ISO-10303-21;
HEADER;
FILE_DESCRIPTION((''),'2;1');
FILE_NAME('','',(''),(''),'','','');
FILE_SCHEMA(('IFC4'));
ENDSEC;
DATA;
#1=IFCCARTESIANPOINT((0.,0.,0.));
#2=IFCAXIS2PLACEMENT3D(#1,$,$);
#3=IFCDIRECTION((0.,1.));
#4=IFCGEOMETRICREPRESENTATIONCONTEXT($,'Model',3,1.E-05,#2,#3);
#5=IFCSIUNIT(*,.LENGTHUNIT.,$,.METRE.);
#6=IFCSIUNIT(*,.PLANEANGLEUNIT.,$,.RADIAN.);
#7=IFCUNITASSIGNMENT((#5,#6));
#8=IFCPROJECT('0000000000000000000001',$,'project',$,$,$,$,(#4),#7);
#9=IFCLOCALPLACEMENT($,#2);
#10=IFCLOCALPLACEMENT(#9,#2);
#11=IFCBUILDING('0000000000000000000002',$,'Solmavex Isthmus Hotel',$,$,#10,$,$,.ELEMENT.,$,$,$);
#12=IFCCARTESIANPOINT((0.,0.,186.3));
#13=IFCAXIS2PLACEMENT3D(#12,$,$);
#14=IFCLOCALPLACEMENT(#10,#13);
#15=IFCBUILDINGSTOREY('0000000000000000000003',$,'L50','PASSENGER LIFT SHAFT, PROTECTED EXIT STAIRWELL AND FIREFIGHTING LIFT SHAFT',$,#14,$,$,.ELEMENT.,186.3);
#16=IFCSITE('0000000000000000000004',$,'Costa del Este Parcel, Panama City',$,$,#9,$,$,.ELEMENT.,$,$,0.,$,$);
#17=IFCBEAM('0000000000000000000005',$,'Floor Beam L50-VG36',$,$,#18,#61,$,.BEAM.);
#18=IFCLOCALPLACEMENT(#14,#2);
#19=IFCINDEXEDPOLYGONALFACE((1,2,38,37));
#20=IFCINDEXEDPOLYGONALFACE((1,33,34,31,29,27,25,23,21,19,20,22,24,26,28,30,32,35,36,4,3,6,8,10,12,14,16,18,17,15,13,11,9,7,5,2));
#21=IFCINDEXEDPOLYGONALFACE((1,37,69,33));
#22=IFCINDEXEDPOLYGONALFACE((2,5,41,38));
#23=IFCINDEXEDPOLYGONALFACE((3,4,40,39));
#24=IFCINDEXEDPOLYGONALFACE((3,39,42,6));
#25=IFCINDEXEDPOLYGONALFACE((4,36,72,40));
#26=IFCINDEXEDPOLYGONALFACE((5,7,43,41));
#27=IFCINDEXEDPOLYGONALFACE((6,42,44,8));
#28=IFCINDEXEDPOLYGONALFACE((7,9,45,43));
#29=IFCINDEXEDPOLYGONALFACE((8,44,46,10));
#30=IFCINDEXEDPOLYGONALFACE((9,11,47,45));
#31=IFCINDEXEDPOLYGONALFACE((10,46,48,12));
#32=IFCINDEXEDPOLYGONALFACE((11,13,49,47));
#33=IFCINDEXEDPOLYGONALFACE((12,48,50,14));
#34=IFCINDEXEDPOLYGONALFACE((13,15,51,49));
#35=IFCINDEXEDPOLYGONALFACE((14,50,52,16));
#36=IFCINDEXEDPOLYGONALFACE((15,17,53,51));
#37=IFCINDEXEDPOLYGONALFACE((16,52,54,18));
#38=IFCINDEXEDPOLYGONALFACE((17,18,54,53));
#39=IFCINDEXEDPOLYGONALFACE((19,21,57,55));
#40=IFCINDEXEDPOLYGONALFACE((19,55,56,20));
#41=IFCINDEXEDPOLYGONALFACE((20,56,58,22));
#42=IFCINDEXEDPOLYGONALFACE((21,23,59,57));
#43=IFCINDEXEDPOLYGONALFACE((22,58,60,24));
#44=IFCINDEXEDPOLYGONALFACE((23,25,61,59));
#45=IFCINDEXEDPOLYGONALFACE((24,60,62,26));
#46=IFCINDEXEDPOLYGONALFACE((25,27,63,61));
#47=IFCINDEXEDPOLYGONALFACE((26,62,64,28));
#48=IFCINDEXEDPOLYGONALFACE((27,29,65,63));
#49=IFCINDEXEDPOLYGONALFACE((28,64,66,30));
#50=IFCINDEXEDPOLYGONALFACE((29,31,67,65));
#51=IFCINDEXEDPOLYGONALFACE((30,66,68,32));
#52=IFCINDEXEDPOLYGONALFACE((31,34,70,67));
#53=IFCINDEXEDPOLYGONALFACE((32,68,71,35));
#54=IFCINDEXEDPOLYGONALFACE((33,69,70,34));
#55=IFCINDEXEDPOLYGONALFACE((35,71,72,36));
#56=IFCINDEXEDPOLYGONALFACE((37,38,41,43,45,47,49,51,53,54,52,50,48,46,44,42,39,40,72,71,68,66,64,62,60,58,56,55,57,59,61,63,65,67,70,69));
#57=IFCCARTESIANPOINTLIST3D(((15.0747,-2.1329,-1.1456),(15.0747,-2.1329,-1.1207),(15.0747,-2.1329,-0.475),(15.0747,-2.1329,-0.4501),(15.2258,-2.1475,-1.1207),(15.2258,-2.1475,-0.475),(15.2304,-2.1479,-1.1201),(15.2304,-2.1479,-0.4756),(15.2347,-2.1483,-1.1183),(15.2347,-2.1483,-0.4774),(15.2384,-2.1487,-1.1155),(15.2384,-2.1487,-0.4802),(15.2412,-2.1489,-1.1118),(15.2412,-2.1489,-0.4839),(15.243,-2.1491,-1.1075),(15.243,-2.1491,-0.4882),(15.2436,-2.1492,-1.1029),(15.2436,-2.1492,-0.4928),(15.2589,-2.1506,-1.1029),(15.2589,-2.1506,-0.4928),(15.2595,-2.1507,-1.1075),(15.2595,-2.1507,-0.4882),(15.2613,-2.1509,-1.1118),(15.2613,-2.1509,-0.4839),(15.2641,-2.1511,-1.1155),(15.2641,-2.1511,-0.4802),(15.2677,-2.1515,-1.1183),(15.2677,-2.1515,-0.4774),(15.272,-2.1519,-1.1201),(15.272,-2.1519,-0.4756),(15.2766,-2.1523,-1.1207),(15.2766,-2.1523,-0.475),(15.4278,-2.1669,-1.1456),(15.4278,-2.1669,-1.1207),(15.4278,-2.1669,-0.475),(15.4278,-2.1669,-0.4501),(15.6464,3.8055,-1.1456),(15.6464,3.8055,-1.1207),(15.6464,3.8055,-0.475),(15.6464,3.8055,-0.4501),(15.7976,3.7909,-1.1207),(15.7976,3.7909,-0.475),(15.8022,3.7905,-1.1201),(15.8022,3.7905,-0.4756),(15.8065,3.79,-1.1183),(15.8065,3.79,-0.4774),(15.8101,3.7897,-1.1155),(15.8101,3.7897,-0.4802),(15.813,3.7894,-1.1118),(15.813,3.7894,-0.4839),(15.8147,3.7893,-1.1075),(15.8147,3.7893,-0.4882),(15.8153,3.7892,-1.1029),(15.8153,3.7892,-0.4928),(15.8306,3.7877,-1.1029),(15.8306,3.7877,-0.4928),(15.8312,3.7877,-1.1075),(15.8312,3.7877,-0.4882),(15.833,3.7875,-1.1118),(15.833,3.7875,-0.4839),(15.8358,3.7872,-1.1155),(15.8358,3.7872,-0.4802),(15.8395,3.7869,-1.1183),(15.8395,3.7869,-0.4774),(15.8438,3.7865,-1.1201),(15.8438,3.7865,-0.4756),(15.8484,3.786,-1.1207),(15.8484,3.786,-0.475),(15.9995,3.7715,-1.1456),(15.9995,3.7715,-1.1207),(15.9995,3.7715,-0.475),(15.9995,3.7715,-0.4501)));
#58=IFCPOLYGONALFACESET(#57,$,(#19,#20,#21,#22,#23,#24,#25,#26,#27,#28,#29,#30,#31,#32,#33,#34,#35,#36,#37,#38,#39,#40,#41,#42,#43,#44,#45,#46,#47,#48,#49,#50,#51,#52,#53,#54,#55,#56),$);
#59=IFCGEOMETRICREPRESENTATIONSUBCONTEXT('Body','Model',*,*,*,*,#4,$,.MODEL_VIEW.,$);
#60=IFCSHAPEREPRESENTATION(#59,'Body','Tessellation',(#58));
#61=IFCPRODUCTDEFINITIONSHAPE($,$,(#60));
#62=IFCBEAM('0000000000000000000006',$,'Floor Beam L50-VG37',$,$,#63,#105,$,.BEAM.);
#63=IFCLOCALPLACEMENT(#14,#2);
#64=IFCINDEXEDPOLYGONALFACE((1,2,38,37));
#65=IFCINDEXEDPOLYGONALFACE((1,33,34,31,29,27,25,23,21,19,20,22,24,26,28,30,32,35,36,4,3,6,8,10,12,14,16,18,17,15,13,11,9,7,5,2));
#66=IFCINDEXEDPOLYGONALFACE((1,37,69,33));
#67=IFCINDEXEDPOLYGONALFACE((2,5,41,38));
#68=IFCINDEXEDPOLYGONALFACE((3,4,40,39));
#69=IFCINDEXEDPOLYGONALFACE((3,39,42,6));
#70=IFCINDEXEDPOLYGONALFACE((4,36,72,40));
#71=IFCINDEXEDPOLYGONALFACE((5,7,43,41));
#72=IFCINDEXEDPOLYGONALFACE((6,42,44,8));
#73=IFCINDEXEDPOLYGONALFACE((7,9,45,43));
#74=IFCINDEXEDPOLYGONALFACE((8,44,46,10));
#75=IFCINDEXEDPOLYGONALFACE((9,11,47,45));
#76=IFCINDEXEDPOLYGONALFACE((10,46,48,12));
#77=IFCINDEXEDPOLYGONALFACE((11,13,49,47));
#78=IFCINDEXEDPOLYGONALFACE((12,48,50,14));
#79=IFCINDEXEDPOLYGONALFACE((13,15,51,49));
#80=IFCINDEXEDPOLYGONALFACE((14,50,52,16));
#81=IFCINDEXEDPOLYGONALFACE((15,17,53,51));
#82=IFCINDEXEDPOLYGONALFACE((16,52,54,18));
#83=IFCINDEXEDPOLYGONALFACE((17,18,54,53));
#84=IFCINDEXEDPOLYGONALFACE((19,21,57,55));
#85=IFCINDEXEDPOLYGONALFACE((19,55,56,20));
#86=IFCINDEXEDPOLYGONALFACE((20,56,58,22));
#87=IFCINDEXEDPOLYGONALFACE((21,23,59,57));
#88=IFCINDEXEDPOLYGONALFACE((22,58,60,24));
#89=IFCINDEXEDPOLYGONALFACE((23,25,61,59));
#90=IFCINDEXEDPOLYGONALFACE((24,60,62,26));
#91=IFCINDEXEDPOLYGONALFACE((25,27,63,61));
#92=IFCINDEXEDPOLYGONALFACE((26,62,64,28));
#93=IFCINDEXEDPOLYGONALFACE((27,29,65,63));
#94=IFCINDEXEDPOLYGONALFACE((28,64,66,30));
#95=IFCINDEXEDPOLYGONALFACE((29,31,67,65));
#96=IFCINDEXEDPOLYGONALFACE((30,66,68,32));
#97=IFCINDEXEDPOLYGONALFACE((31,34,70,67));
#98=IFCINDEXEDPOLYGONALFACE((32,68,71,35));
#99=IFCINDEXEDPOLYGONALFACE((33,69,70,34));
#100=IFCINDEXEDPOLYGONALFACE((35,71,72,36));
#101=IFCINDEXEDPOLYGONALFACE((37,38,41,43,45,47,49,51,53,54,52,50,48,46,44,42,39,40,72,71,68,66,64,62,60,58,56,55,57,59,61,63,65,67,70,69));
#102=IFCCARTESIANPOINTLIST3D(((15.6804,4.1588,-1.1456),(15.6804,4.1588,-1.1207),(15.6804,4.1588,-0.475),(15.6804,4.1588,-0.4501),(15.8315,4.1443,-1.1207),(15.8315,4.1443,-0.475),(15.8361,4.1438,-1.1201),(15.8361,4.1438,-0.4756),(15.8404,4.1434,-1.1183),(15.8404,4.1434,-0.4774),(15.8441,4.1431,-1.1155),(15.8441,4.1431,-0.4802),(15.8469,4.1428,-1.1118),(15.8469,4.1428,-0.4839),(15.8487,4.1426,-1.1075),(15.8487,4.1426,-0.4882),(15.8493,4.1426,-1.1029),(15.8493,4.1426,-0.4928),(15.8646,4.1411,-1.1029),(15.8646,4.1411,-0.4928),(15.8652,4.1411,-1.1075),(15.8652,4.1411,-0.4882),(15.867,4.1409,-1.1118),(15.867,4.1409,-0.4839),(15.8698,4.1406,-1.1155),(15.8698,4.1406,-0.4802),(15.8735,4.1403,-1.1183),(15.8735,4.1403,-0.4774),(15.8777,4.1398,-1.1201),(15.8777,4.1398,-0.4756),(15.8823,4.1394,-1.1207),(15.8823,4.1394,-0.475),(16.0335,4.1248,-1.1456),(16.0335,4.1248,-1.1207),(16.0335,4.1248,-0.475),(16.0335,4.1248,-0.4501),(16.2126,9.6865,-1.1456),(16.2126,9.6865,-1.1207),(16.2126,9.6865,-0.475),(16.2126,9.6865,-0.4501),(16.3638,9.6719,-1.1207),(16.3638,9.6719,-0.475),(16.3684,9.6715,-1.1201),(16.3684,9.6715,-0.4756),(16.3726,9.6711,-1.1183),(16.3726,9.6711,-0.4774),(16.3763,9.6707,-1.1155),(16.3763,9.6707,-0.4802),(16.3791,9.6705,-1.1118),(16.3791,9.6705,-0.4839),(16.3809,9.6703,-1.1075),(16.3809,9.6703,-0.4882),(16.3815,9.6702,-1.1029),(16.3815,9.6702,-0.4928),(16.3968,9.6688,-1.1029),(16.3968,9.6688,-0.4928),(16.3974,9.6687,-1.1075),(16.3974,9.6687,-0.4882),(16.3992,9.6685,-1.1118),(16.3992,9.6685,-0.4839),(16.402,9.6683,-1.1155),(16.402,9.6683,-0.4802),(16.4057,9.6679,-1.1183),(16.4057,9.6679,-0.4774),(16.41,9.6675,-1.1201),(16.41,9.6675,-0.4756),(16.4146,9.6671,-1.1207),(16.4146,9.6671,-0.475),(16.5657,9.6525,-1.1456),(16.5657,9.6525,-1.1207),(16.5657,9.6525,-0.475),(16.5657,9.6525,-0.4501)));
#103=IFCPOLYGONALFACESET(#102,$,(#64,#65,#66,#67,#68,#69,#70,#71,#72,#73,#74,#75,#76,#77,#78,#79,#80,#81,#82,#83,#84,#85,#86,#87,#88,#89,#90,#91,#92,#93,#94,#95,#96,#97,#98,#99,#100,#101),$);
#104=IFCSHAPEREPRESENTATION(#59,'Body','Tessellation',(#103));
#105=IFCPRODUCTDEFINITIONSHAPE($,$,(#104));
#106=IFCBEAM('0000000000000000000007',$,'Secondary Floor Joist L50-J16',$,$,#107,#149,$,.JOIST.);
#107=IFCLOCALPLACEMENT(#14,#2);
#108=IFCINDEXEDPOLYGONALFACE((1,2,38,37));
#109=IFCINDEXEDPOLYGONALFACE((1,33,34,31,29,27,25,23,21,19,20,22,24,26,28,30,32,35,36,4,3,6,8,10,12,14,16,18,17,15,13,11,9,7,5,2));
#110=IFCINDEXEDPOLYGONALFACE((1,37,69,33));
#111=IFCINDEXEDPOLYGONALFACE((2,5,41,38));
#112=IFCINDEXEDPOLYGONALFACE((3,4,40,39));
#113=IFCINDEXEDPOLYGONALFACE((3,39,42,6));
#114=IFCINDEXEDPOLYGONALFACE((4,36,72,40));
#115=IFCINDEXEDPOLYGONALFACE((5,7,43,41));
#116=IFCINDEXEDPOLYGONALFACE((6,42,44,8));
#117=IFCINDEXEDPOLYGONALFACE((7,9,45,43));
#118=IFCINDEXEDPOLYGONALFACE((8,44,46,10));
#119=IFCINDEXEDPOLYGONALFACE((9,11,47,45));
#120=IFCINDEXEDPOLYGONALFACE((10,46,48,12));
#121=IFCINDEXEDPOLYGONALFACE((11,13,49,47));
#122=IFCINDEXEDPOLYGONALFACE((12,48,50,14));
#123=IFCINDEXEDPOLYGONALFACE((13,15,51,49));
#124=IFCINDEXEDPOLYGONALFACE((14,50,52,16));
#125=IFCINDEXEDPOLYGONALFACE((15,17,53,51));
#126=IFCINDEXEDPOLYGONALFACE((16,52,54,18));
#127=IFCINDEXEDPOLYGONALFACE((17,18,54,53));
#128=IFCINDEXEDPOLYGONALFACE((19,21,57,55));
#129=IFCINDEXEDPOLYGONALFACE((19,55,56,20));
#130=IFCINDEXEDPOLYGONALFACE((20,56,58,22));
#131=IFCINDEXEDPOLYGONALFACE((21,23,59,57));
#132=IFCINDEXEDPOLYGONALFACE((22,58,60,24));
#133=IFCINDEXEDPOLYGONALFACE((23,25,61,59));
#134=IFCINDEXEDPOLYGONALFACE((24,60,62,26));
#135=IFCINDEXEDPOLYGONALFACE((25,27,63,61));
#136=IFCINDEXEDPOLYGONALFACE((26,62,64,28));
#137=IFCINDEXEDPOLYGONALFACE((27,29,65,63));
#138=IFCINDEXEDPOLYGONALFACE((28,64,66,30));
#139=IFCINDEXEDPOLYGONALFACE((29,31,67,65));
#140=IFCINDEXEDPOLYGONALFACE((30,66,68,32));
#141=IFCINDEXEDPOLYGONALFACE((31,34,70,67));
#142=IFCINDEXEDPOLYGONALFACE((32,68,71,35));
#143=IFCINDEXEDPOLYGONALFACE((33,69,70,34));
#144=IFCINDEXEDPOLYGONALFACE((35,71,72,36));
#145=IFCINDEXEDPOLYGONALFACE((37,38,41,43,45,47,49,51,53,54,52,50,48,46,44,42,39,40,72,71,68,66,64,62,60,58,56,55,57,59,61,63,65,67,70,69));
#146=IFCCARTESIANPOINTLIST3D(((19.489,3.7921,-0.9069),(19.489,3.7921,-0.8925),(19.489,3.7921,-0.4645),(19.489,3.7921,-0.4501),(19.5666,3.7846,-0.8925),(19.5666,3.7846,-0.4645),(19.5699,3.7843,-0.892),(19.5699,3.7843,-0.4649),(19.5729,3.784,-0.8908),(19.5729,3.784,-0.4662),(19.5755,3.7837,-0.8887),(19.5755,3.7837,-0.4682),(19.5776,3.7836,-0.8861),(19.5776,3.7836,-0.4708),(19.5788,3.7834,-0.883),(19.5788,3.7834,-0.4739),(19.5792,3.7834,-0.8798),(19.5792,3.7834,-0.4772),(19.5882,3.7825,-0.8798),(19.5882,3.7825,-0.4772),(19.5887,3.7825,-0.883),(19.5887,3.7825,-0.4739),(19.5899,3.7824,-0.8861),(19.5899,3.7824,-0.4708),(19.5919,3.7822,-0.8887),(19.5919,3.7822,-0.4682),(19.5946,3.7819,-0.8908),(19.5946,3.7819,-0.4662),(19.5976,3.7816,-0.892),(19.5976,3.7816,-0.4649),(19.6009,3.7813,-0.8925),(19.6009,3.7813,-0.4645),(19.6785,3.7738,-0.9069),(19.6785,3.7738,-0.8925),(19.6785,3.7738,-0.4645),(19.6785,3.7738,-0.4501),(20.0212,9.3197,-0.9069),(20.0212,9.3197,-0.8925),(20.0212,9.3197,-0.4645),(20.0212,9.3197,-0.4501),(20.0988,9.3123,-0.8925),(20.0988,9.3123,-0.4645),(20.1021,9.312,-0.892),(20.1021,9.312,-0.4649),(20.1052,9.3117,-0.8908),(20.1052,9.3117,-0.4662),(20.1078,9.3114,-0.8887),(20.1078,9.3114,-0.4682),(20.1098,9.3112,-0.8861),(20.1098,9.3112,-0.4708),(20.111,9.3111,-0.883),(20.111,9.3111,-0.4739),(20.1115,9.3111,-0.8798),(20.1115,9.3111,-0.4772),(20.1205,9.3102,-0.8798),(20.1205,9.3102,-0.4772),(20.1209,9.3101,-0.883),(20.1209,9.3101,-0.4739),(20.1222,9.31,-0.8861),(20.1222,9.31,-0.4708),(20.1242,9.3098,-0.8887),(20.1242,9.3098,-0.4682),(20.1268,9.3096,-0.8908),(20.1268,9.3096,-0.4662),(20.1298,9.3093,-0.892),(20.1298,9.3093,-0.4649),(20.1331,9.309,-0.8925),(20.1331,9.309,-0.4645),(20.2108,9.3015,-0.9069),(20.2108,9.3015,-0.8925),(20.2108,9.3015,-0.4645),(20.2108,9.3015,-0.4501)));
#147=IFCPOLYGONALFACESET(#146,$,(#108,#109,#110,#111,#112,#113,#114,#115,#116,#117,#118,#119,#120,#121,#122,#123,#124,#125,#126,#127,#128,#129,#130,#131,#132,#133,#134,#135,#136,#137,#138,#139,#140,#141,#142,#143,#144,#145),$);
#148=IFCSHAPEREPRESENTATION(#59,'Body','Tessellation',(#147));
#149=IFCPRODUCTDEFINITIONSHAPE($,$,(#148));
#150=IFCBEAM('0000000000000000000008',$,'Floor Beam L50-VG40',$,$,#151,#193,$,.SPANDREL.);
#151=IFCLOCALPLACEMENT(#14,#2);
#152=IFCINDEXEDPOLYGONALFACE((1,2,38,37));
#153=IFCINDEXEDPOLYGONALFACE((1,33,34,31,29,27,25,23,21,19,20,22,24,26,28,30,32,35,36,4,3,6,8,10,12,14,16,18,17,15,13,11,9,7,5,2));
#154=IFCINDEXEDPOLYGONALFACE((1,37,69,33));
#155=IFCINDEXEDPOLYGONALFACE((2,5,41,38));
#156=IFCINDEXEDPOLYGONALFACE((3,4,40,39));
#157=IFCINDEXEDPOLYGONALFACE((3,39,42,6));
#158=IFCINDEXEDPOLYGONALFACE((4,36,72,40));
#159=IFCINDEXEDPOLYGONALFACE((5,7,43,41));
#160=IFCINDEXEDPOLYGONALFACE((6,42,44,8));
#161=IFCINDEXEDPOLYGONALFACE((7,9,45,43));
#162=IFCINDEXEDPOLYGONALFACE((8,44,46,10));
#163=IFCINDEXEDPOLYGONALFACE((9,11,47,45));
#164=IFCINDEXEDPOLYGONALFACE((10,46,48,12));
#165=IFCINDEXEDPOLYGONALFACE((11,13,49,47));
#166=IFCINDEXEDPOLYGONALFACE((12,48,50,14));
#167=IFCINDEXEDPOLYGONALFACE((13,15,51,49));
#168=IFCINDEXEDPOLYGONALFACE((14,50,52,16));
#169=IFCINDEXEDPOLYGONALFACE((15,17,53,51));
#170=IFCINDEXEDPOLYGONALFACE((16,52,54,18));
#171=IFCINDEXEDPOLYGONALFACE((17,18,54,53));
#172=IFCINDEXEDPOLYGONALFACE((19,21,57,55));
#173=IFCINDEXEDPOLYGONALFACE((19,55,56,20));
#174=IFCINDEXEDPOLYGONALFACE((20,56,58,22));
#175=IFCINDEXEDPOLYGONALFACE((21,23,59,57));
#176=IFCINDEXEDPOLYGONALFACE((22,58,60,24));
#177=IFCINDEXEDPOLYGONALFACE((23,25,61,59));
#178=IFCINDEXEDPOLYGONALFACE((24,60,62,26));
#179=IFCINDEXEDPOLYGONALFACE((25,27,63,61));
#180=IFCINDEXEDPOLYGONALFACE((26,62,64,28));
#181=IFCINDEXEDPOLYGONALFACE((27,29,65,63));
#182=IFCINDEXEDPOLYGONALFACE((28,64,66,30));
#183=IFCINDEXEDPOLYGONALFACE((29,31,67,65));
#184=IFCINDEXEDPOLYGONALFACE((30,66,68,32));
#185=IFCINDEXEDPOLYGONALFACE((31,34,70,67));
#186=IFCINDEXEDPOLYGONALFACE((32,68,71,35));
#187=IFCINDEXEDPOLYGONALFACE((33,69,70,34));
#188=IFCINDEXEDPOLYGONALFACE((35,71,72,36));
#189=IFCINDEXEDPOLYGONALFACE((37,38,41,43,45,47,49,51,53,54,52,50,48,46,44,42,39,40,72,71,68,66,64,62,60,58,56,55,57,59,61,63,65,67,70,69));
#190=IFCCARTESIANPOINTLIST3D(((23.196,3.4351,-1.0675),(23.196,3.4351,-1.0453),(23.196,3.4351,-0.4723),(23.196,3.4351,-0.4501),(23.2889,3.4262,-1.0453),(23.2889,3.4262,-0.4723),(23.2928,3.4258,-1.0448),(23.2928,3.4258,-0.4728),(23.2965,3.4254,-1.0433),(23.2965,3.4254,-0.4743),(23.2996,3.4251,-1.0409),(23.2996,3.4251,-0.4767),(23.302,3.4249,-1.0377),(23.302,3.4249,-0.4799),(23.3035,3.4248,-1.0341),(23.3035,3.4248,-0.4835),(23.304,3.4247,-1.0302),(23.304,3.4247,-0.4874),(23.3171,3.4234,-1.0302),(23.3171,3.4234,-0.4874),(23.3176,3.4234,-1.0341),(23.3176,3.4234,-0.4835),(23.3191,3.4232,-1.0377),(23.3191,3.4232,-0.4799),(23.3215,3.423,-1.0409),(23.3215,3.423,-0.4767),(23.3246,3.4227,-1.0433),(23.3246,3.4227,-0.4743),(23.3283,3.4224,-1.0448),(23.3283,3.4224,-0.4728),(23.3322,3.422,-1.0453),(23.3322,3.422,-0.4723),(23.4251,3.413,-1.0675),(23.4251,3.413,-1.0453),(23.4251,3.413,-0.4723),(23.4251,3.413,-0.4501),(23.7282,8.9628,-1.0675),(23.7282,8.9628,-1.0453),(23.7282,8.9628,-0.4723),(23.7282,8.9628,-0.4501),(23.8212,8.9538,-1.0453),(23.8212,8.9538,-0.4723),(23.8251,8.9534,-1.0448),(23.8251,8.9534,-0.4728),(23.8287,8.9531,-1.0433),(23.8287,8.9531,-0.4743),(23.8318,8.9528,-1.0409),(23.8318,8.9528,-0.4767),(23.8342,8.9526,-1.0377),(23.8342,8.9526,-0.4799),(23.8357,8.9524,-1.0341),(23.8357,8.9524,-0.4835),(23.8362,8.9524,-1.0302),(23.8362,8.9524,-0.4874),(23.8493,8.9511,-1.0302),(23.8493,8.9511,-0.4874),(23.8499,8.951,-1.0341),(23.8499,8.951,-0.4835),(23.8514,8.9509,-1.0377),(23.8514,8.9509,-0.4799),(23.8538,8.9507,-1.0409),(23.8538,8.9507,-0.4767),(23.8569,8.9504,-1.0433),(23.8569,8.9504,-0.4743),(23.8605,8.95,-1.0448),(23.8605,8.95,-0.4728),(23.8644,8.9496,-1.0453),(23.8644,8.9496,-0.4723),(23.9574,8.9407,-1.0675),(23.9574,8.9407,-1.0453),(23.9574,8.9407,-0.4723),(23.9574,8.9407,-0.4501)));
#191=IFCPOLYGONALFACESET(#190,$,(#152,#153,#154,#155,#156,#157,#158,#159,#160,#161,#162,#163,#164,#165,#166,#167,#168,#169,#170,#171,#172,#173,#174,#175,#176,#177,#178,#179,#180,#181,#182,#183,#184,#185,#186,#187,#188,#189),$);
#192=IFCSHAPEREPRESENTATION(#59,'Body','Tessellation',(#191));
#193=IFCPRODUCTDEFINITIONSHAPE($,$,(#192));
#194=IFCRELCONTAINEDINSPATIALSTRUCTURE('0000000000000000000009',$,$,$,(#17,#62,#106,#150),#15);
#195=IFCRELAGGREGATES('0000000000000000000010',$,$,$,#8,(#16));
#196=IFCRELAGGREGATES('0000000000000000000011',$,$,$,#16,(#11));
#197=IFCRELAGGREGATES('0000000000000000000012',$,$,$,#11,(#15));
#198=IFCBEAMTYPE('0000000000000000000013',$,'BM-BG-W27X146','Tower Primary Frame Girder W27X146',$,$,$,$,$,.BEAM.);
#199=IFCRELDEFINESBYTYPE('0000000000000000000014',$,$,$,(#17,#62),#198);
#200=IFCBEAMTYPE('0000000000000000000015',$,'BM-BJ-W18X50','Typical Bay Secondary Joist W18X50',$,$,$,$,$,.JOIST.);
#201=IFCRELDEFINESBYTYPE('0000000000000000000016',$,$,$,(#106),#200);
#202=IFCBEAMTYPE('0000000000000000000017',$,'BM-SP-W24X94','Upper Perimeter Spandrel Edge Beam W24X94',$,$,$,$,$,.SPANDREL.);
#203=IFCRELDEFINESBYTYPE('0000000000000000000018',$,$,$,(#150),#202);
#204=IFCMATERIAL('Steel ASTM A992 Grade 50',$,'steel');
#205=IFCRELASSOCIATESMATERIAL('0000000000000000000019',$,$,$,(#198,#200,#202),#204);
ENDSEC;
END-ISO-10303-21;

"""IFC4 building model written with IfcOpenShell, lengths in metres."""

from ifc_helpers import new_model, si_unit, direction, frame, origin, origin_2d, place, context, subcontext, project, spatial, i_section, extrude, material, material_profile, profile_set, type_object, element, save


model = new_model("IFC4")

# Units and contexts
model_context = context("Model", 3, precision=1e-05, world=origin(), true_north=direction((0.0, 1.0)))
body_context = subcontext(model_context, "Body", "Model", "MODEL_VIEW")
ifc_project = project(units=[si_unit("LENGTHUNIT", "METRE"), si_unit("PLANEANGLEUNIT", "RADIAN")], contexts=[model_context])

# Site, building, storey
site_placement = place(None, origin())
site = spatial("IfcSite", under=ifc_project, at=site_placement, Name="Costa del Este Parcel, Panama City", CompositionType="ELEMENT", RefElevation=0.0)
building_placement = place(site_placement, origin())
building = spatial("IfcBuilding", under=site, at=building_placement, Name="Solmavex Isthmus Hotel", CompositionType="ELEMENT")
storey_placement = place(building_placement, frame((0.0, 0.0, 186.3)))
storey = spatial("IfcBuildingStorey", under=building, at=storey_placement, Name="L50", Description="PASSENGER LIFT SHAFT, PROTECTED EXIT STAIRWELL AND FIREFIGHTING LIFT SHAFT", CompositionType="ELEMENT", Elevation=186.3)

# Beams
ifc_material_1 = material(Name="Steel ASTM A992 Grade 50", Category="steel")
ifc_material_profile_1 = material_profile(ifc_material_1, i_section(OverallWidth=0.3547, OverallDepth=0.6956, WebThickness=0.0154, FlangeThickness=0.0249, FilletRadius=0.0178, at=origin_2d()), Name="W27X146")
ifc_profile_set_1 = profile_set([ifc_material_profile_1], Name="Steel ASTM A992 Grade 50")
beam_type_1 = type_object("IfcBeamType", Name="BM-BG-W27X146", Description="Tower Primary Frame Girder W27X146", PredefinedType="BEAM", material=ifc_profile_set_1)
beam_1_placement = place(storey_placement, frame((15.2512, -2.1499, -0.7979), z_axis=(0.09584, 0.995397, 0.0), x_axis=(-0.995397, 0.09584, 0.0)))
element("IfcBeam", 1, at=beam_1_placement, inside=storey, type_object=beam_type_1, Name="Floor Beam L50-VG36", PredefinedType="BEAM", context=body_context, shape_type="SweptSolid", body=[
    extrude(i_section(OverallWidth=0.3547, OverallDepth=0.6956, WebThickness=0.0154, FlangeThickness=0.0249, FilletRadius=0.0178, at=origin_2d()), origin(), (0.0, 0.0, 1.0), 5.9658),
])
beam_2_placement = place(storey_placement, frame((15.8569, 4.1418, -0.7979), z_axis=(0.095842, 0.995397, 0.0), x_axis=(-0.995397, 0.095842, 0.0)))
element("IfcBeam", 2, at=beam_2_placement, inside=storey, type_object=beam_type_1, Name="Floor Beam L50-VG37", PredefinedType="BEAM", context=body_context, shape_type="SweptSolid", body=[
    extrude(i_section(OverallWidth=0.3547, OverallDepth=0.6956, WebThickness=0.0154, FlangeThickness=0.0249, FilletRadius=0.0178, at=origin_2d()), origin(), (0.0, 0.0, 1.0), 5.5532),
])
ifc_material_profile_2 = material_profile(ifc_material_1, i_section(OverallWidth=0.1904, OverallDepth=0.4568, WebThickness=0.009, FlangeThickness=0.0144, FilletRadius=0.0127, at=origin_2d()), Name="W18X50")
ifc_profile_set_2 = profile_set([ifc_material_profile_2], Name="Steel ASTM A992 Grade 50")
beam_type_2 = type_object("IfcBeamType", Name="BM-BJ-W18X50", Description="Typical Bay Secondary Joist W18X50", PredefinedType="JOIST", material=ifc_profile_set_2)
beam_3_placement = place(storey_placement, frame((19.5837, 3.783, -0.6785), z_axis=(0.095842, 0.995397, 0.0), x_axis=(-0.995397, 0.095842, 0.0)))
element("IfcBeam", 3, at=beam_3_placement, inside=storey, type_object=beam_type_2, Name="Secondary Floor Joist L50-J16", PredefinedType="JOIST", context=body_context, shape_type="SweptSolid", body=[
    extrude(i_section(OverallWidth=0.1904, OverallDepth=0.4568, WebThickness=0.009, FlangeThickness=0.0144, FilletRadius=0.0127, at=origin_2d()), origin(), (0.0, 0.0, 1.0), 5.5532),
])
ifc_material_profile_3 = material_profile(ifc_material_1, i_section(OverallWidth=0.2302, OverallDepth=0.6174, WebThickness=0.0132, FlangeThickness=0.0222, FilletRadius=0.0151, at=origin_2d()), Name="W24X94")
ifc_profile_set_3 = profile_set([ifc_material_profile_3], Name="Steel ASTM A992 Grade 50")
beam_type_3 = type_object("IfcBeamType", Name="BM-SP-W24X94", Description="Upper Perimeter Spandrel Edge Beam W24X94", PredefinedType="SPANDREL", material=ifc_profile_set_3)
beam_4_placement = place(storey_placement, frame((23.3105, 3.4241, -0.7588), z_axis=(0.095842, 0.995397, 0.0), x_axis=(-0.995397, 0.095842, 0.0)))
element("IfcBeam", 4, at=beam_4_placement, inside=storey, type_object=beam_type_3, Name="Floor Beam L50-VG40", PredefinedType="SPANDREL", context=body_context, shape_type="SweptSolid", body=[
    extrude(i_section(OverallWidth=0.2302, OverallDepth=0.6174, WebThickness=0.0132, FlangeThickness=0.0222, FilletRadius=0.0151, at=origin_2d()), origin(), (0.0, 0.0, 1.0), 5.5532),
])

save(model, "model.ifc")
